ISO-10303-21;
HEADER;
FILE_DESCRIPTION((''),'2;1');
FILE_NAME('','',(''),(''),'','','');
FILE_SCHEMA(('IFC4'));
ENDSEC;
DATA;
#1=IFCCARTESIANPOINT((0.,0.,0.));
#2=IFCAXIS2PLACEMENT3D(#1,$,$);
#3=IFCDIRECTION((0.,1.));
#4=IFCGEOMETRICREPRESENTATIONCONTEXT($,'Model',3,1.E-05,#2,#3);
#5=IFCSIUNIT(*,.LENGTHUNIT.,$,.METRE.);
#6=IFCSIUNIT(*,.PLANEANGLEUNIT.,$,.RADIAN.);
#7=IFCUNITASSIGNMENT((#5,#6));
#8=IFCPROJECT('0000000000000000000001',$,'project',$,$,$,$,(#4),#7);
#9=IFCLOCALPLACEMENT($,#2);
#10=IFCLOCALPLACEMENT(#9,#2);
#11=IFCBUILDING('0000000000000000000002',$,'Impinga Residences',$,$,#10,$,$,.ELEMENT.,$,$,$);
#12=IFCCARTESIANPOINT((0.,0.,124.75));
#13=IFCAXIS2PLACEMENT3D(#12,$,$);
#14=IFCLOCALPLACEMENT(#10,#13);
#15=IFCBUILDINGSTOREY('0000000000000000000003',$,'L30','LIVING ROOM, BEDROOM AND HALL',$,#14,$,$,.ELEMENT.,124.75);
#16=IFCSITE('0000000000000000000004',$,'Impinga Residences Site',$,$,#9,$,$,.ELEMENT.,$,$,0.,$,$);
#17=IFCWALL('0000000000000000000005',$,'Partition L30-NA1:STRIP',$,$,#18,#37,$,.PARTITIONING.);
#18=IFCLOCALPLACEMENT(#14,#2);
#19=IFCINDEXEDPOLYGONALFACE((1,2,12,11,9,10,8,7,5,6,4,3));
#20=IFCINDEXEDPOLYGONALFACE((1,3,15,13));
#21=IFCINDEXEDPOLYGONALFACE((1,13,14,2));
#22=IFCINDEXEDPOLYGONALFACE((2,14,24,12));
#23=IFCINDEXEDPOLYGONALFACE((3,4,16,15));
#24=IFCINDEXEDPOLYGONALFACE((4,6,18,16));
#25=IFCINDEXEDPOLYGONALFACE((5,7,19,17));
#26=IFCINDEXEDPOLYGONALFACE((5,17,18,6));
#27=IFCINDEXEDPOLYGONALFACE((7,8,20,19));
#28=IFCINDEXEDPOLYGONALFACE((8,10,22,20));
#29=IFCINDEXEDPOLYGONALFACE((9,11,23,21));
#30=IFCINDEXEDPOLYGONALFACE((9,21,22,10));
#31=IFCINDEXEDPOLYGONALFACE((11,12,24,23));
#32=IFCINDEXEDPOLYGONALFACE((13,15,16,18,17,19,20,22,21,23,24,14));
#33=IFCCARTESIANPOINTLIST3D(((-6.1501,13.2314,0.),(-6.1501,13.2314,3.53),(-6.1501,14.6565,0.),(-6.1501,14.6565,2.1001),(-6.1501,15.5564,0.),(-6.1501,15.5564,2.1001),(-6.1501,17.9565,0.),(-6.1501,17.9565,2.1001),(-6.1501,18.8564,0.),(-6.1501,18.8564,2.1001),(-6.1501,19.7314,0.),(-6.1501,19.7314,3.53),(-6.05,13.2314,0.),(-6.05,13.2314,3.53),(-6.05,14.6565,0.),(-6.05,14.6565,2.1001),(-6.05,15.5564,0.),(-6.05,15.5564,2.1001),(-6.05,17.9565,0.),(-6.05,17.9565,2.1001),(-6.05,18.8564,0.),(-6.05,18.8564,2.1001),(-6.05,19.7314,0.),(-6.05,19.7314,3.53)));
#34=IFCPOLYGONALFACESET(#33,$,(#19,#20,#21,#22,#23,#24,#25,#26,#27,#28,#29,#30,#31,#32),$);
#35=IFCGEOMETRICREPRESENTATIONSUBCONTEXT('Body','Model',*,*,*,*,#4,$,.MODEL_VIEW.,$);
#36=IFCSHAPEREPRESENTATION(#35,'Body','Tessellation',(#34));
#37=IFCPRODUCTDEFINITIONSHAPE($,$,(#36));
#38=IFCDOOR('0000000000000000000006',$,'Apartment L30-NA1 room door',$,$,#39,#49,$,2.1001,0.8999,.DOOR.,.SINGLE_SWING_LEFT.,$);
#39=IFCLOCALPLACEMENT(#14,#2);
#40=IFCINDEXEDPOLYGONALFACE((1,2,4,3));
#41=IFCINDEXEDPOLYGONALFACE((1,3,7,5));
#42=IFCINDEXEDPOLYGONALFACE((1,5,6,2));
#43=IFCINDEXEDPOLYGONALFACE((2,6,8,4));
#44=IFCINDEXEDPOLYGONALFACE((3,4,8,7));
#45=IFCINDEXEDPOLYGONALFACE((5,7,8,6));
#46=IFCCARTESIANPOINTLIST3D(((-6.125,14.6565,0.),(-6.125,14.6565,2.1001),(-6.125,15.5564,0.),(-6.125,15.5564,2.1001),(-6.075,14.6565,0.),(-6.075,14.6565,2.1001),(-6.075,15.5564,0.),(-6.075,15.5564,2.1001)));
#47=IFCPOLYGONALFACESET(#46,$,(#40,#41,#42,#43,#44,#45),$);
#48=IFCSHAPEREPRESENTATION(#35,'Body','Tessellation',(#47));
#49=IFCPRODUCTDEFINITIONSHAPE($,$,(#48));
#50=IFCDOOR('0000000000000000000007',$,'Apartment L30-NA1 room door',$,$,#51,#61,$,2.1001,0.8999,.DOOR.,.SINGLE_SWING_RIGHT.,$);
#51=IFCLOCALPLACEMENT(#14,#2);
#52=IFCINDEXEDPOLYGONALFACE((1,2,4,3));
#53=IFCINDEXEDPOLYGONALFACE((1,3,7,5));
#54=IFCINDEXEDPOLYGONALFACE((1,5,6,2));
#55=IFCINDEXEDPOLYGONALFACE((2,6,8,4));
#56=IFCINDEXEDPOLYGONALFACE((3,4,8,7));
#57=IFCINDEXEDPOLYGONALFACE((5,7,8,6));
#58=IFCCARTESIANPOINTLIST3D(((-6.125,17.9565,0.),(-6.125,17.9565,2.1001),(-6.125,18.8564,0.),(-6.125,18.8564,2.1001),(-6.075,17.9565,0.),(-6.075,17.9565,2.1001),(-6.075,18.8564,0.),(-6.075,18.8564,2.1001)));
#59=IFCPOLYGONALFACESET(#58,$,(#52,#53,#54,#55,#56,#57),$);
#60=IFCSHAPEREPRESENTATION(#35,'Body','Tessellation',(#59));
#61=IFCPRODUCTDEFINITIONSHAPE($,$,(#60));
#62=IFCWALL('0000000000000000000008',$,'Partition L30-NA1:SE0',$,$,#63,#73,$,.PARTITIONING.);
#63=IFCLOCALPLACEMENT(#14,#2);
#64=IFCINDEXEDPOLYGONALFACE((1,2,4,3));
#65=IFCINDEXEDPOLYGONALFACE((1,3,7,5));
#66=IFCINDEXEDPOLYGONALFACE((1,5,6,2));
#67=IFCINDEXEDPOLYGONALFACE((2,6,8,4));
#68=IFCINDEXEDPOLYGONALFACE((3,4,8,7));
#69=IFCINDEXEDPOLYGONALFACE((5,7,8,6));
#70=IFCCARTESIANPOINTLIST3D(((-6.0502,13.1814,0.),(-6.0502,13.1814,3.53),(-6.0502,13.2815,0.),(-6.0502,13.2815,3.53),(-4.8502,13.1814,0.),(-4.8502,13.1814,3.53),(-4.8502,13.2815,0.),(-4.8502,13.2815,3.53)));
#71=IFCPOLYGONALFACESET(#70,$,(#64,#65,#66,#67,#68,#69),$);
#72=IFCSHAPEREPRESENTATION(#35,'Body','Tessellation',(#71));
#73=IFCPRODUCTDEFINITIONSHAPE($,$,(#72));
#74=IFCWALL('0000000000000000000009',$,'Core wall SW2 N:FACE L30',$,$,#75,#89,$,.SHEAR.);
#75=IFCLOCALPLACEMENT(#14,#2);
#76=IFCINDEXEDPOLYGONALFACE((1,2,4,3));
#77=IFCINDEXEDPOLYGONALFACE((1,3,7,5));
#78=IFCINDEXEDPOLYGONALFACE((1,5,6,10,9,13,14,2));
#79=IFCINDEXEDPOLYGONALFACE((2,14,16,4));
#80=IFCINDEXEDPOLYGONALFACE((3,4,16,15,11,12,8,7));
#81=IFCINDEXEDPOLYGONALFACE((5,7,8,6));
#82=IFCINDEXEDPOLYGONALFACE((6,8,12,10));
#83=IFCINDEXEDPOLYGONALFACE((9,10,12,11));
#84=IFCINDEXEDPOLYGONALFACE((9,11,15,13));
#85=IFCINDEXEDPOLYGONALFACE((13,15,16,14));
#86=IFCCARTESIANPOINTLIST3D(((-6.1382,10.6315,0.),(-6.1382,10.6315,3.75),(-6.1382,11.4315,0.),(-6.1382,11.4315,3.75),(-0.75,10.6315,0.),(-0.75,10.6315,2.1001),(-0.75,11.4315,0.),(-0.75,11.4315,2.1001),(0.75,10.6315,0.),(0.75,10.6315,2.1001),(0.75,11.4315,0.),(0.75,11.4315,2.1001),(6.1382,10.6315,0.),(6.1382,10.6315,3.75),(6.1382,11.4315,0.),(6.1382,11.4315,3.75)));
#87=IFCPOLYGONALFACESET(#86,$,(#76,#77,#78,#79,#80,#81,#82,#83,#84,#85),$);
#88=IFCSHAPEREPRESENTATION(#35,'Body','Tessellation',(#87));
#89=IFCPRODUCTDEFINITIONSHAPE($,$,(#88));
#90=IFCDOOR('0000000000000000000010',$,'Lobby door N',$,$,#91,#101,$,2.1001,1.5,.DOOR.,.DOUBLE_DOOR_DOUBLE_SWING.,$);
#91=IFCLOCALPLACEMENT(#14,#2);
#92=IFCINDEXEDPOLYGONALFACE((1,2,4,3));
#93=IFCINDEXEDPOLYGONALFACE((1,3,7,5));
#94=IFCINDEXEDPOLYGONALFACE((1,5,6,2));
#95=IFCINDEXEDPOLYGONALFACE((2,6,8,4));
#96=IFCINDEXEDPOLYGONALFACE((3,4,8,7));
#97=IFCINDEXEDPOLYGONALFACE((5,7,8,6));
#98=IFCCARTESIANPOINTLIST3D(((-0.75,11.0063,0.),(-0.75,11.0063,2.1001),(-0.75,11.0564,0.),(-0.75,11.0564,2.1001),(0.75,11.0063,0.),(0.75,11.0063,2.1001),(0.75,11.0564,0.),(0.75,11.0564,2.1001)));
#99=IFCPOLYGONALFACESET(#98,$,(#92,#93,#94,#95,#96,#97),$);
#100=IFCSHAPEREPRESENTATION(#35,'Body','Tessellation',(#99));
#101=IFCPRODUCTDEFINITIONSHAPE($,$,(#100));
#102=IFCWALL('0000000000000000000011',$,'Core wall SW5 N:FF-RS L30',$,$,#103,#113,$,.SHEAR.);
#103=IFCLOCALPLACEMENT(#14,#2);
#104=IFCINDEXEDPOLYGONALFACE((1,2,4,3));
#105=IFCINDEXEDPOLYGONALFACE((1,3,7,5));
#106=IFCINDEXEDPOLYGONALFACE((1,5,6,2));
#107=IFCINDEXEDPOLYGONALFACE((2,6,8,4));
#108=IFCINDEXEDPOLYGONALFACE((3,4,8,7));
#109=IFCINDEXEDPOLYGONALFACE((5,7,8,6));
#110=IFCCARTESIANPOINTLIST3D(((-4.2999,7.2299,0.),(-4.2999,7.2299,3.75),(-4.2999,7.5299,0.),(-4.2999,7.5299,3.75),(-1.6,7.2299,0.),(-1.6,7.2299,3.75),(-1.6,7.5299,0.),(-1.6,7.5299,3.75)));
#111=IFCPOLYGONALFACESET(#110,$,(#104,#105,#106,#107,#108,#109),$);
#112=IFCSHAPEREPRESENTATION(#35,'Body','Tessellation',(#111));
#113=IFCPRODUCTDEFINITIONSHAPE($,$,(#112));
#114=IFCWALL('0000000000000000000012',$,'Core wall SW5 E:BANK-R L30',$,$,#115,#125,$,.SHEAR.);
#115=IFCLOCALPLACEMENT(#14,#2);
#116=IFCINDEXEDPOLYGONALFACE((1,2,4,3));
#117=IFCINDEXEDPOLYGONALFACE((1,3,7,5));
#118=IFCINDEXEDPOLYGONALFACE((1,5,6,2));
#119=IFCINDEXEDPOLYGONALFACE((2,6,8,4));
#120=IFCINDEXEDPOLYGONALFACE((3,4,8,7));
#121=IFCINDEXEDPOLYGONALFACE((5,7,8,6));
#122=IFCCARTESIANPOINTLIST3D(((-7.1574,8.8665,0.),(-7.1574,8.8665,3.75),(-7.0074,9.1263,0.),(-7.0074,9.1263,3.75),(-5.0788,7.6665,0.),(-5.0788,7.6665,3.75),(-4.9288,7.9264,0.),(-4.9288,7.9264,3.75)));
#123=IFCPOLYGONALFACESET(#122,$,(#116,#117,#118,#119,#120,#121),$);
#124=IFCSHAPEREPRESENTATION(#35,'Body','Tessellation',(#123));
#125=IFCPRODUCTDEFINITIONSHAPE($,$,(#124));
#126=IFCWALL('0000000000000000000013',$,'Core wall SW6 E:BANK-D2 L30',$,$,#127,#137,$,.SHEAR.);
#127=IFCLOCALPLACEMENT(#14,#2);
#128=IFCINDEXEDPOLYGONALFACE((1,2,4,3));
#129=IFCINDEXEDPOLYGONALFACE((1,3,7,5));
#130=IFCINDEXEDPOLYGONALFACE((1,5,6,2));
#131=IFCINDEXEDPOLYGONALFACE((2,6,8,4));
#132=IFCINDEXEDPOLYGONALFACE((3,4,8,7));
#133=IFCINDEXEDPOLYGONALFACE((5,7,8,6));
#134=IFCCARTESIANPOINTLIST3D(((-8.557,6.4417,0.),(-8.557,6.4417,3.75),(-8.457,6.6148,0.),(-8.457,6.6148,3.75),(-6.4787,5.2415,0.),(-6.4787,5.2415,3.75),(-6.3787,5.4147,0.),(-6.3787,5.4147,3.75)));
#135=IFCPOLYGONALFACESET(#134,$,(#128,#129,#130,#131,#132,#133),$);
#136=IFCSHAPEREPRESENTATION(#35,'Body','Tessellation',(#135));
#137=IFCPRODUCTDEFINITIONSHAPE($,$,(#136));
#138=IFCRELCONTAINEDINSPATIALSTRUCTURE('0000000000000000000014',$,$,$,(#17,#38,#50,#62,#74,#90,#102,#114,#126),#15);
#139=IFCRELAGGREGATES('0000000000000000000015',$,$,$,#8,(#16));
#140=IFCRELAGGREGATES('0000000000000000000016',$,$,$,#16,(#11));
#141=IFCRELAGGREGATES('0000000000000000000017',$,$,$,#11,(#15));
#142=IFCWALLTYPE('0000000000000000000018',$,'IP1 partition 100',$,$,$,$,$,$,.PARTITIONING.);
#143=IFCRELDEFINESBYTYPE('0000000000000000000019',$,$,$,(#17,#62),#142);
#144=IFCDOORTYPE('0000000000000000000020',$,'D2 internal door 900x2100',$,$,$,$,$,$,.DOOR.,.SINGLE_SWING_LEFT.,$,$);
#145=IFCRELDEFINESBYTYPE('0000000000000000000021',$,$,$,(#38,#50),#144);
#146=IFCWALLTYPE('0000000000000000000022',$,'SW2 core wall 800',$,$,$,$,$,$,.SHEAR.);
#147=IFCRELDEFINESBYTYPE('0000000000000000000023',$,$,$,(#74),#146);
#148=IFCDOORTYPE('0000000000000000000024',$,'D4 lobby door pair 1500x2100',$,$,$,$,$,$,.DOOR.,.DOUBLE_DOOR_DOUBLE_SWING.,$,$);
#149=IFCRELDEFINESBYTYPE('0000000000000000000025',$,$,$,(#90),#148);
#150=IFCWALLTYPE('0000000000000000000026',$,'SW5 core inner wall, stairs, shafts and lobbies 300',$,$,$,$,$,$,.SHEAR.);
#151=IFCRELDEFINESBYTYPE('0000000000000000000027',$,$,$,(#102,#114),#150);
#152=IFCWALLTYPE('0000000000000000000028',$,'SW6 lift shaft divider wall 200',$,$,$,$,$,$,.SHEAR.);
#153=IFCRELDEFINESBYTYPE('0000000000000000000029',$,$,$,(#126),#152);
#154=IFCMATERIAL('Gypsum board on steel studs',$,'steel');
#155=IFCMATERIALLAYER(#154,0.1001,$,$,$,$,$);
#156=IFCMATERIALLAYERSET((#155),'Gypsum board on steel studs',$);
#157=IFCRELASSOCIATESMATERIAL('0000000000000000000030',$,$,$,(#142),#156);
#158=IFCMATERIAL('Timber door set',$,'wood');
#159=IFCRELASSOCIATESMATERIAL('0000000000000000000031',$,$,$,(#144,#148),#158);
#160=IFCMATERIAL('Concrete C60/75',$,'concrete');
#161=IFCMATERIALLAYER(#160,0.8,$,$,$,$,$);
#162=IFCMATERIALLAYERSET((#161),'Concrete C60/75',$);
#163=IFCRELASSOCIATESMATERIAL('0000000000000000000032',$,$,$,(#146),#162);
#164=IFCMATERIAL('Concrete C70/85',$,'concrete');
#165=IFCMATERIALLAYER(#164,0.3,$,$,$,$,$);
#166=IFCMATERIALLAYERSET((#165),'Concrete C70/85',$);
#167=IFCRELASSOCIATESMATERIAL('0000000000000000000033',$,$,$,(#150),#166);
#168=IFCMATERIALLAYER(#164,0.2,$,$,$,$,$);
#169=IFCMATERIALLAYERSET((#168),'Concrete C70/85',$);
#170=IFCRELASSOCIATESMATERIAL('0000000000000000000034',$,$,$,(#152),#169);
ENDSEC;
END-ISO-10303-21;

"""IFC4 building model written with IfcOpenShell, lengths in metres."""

from ifc_helpers import new_model, si_unit, direction, frame, frame_2d, origin, place, context, subcontext, project, spatial, rectangle, extrude, material, layer, layer_set, type_object, element, fill, save


model = new_model("IFC4")

# Units and contexts
model_context = context("Model", 3, precision=1e-05, world=origin(), true_north=direction((0.0, 1.0)))
body_context = subcontext(model_context, "Body", "Model", "MODEL_VIEW")
ifc_project = project(units=[si_unit("LENGTHUNIT", "METRE"), si_unit("PLANEANGLEUNIT", "RADIAN")], contexts=[model_context])

# Site, building, storey
site_placement = place(None, origin())
site = spatial("IfcSite", under=ifc_project, at=site_placement, Name="Impinga Residences Site", CompositionType="ELEMENT", RefElevation=0.0)
building_placement = place(site_placement, origin())
building = spatial("IfcBuilding", under=site, at=building_placement, Name="Impinga Residences", CompositionType="ELEMENT")
storey_placement = place(building_placement, frame((0.0, 0.0, 124.75)))
storey = spatial("IfcBuildingStorey", under=building, at=storey_placement, Name="L30", Description="LIVING ROOM, BEDROOM AND HALL", CompositionType="ELEMENT", Elevation=124.75)

# Shared definitions
ifc_material_1 = material(Name="Concrete C60/75", Category="concrete")

# Shared definitions
ifc_material_2 = material(Name="Timber door set", Category="wood")

# Shared definitions
ifc_material_3 = material(Name="Gypsum board on steel studs", Category="steel")
ifc_layer_1 = layer(ifc_material_3, 0.1001)
ifc_layer_set_1 = layer_set([ifc_layer_1], Name="Gypsum board on steel studs")
wall_type_1 = type_object("IfcWallType", Name="IP1 partition 100", PredefinedType="PARTITIONING", material=ifc_layer_set_1)

# Wall, openings, doors
wall_1_placement = place(storey_placement, frame((-6.1001, 13.2314, 0.0), z_axis=(0.0, 0.0, 1.0), x_axis=(0.0, 1.0, 0.0)))
wall_1 = element("IfcWall", 1, at=wall_1_placement, inside=storey, type_object=wall_type_1, Name="Partition L30-NA1:STRIP", PredefinedType="PARTITIONING", context=body_context, shape_type="SweptSolid", body=[
    extrude(rectangle(XDim=6.5, YDim=0.1001, at=frame_2d((3.25, 0.0))), origin(), (0.0, 0.0, 1.0), 3.53),
])
opening_1_placement = place(wall_1_placement, frame((1.425, 0.0, 0.0)))
opening_1 = element("IfcOpeningElement", 2, at=opening_1_placement, cuts=wall_1, PredefinedType="OPENING", context=body_context, shape_type="SweptSolid", body=[
    extrude(rectangle(XDim=0.8999, YDim=2.1001, at=frame_2d((0.45, 1.05))), frame((0.0, 0.0601, 0.0), z_axis=(0.0, -1.0, 0.0), x_axis=(1.0, 0.0, 0.0)), (0.0, 0.0, 1.0), 0.1201),
])
opening_2_placement = place(wall_1_placement, frame((4.7251, 0.0, 0.0)))
opening_2 = element("IfcOpeningElement", 3, at=opening_2_placement, cuts=wall_1, PredefinedType="OPENING", context=body_context, shape_type="SweptSolid", body=[
    extrude(rectangle(XDim=0.8999, YDim=2.1001, at=frame_2d((0.45, 1.05))), frame((0.0, 0.0601, 0.0), z_axis=(0.0, -1.0, 0.0), x_axis=(1.0, 0.0, 0.0)), (0.0, 0.0, 1.0), 0.1201),
])
door_type_1 = type_object("IfcDoorType", Name="D2 internal door 900x2100", OperationType="SINGLE_SWING_LEFT", PredefinedType="DOOR", material=ifc_material_2)
door_1_placement = place(opening_1_placement, origin())
door_1 = element("IfcDoor", 4, at=door_1_placement, inside=storey, type_object=door_type_1, Name="Apartment L30-NA1 room door", OperationType="SINGLE_SWING_LEFT", OverallHeight=2.1001, OverallWidth=0.8999, PredefinedType="DOOR", context=body_context, shape_type="SweptSolid", body=[
    extrude(rectangle(XDim=0.8999, YDim=2.1001, at=frame_2d((0.45, 1.05))), frame((0.0, 0.0249, 0.0), z_axis=(0.0, -1.0, 0.0), x_axis=(1.0, 0.0, 0.0)), (0.0, 0.0, 1.0), 0.05),
])
fill(opening_1, door_1)
door_2_placement = place(opening_2_placement, origin())
door_2 = element("IfcDoor", 5, at=door_2_placement, inside=storey, type_object=door_type_1, Name="Apartment L30-NA1 room door", OperationType="SINGLE_SWING_RIGHT", OverallHeight=2.1001, OverallWidth=0.8999, PredefinedType="DOOR", context=body_context, shape_type="SweptSolid", body=[
    extrude(rectangle(XDim=0.8999, YDim=2.1001, at=frame_2d((0.45, 1.05))), frame((0.0, 0.0249, 0.0), z_axis=(0.0, -1.0, 0.0), x_axis=(1.0, 0.0, 0.0)), (0.0, 0.0, 1.0), 0.05),
])
fill(opening_2, door_2)

# Wall
wall_2_placement = place(storey_placement, frame((-4.8501, 13.2314, 0.0), z_axis=(0.0, 0.0, 1.0), x_axis=(-1.0, 0.0, 0.0)))
element("IfcWall", 6, at=wall_2_placement, inside=storey, type_object=wall_type_1, Name="Partition L30-NA1:SE0", PredefinedType="PARTITIONING", context=body_context, shape_type="SweptSolid", body=[
    extrude(rectangle(XDim=1.2, YDim=0.1001, at=frame_2d((0.6001, 0.0))), origin(), (0.0, 0.0, 1.0), 3.53),
])

# Wall, opening, door
ifc_layer_2 = layer(ifc_material_1, 0.8)
ifc_layer_set_2 = layer_set([ifc_layer_2], Name="Concrete C60/75")
wall_type_2 = type_object("IfcWallType", Name="SW2 core wall 800", PredefinedType="SHEAR", material=ifc_layer_set_2)
wall_3_placement = place(storey_placement, frame((-6.1382, 11.0315, 0.0), z_axis=(0.0, 0.0, 1.0), x_axis=(1.0, 0.0, 0.0)))
wall_3 = element("IfcWall", 7, at=wall_3_placement, inside=storey, type_object=wall_type_2, Name="Core wall SW2 N:FACE L30", PredefinedType="SHEAR", context=body_context, shape_type="SweptSolid", body=[
    extrude(rectangle(XDim=12.2764, YDim=0.8, at=frame_2d((6.1382, 0.0))), origin(), (0.0, 0.0, 1.0), 3.75),
])
opening_3_placement = place(wall_3_placement, frame((5.3882, 0.0, 0.0)))
opening_3 = element("IfcOpeningElement", 8, at=opening_3_placement, cuts=wall_3, PredefinedType="OPENING", context=body_context, shape_type="SweptSolid", body=[
    extrude(rectangle(XDim=1.5, YDim=2.1001, at=frame_2d((0.75, 1.05))), frame((0.0, 0.4099, 0.0), z_axis=(0.0, -1.0, 0.0), x_axis=(1.0, 0.0, 0.0)), (0.0, 0.0, 1.0), 0.8201),
])
door_type_2 = type_object("IfcDoorType", Name="D4 lobby door pair 1500x2100", OperationType="DOUBLE_DOOR_DOUBLE_SWING", PredefinedType="DOOR", material=ifc_material_2)
door_3_placement = place(opening_3_placement, origin())
door_3 = element("IfcDoor", 9, at=door_3_placement, inside=storey, type_object=door_type_2, Name="Lobby door N", OperationType="DOUBLE_DOOR_DOUBLE_SWING", OverallHeight=2.1001, OverallWidth=1.5, PredefinedType="DOOR", context=body_context, shape_type="SweptSolid", body=[
    extrude(rectangle(XDim=1.5, YDim=2.1001, at=frame_2d((0.75, 1.05))), frame((0.0, 0.0249, 0.0), z_axis=(0.0, -1.0, 0.0), x_axis=(1.0, 0.0, 0.0)), (0.0, 0.0, 1.0), 0.05),
])
fill(opening_3, door_3)

# Walls
ifc_material_4 = material(Name="Concrete C70/85", Category="concrete")
ifc_layer_3 = layer(ifc_material_4, 0.3)
ifc_layer_set_3 = layer_set([ifc_layer_3], Name="Concrete C70/85")
wall_type_3 = type_object("IfcWallType", Name="SW5 core inner wall, stairs, shafts and lobbies 300", PredefinedType="SHEAR", material=ifc_layer_set_3)
wall_4_placement = place(storey_placement, frame((-4.3, 7.3799, 0.0), z_axis=(0.0, 0.0, 1.0), x_axis=(1.0, 0.0, 0.0)))
element("IfcWall", 10, at=wall_4_placement, inside=storey, type_object=wall_type_3, Name="Core wall SW5 N:FF-RS L30", PredefinedType="SHEAR", context=body_context, shape_type="SweptSolid", body=[
    extrude(rectangle(XDim=2.7, YDim=0.3, at=frame_2d((1.3501, 0.0))), origin(), (0.0, 0.0, 1.0), 3.75),
])
wall_5_placement = place(storey_placement, frame((-5.0037, 7.7964, 0.0), z_axis=(0.0, 0.0, 1.0), x_axis=(-0.86605, 0.499957, 0.0)))
element("IfcWall", 11, at=wall_5_placement, inside=storey, type_object=wall_type_3, Name="Core wall SW5 E:BANK-R L30", PredefinedType="SHEAR", context=body_context, shape_type="SweptSolid", body=[
    extrude(rectangle(XDim=2.4001, YDim=0.3, at=frame_2d((1.2002, 0.0))), origin(), (0.0, 0.0, 1.0), 3.75),
])
ifc_layer_4 = layer(ifc_material_4, 0.2)
ifc_layer_set_4 = layer_set([ifc_layer_4], Name="Concrete C70/85")
wall_type_4 = type_object("IfcWallType", Name="SW6 lift shaft divider wall 200", PredefinedType="SHEAR", material=ifc_layer_set_4)
wall_6_placement = place(storey_placement, frame((-6.4287, 5.3281, 0.0), z_axis=(0.0, 0.0, 1.0), x_axis=(-0.865981, 0.500078, 0.0)))
element("IfcWall", 12, at=wall_6_placement, inside=storey, type_object=wall_type_4, Name="Core wall SW6 E:BANK-D2 L30", PredefinedType="SHEAR", context=body_context, shape_type="SweptSolid", body=[
    extrude(rectangle(XDim=2.3999, YDim=0.2, at=frame_2d((1.2, 0.0))), origin(), (0.0, 0.0, 1.0), 3.75),
])

save(model, "model.ifc")
